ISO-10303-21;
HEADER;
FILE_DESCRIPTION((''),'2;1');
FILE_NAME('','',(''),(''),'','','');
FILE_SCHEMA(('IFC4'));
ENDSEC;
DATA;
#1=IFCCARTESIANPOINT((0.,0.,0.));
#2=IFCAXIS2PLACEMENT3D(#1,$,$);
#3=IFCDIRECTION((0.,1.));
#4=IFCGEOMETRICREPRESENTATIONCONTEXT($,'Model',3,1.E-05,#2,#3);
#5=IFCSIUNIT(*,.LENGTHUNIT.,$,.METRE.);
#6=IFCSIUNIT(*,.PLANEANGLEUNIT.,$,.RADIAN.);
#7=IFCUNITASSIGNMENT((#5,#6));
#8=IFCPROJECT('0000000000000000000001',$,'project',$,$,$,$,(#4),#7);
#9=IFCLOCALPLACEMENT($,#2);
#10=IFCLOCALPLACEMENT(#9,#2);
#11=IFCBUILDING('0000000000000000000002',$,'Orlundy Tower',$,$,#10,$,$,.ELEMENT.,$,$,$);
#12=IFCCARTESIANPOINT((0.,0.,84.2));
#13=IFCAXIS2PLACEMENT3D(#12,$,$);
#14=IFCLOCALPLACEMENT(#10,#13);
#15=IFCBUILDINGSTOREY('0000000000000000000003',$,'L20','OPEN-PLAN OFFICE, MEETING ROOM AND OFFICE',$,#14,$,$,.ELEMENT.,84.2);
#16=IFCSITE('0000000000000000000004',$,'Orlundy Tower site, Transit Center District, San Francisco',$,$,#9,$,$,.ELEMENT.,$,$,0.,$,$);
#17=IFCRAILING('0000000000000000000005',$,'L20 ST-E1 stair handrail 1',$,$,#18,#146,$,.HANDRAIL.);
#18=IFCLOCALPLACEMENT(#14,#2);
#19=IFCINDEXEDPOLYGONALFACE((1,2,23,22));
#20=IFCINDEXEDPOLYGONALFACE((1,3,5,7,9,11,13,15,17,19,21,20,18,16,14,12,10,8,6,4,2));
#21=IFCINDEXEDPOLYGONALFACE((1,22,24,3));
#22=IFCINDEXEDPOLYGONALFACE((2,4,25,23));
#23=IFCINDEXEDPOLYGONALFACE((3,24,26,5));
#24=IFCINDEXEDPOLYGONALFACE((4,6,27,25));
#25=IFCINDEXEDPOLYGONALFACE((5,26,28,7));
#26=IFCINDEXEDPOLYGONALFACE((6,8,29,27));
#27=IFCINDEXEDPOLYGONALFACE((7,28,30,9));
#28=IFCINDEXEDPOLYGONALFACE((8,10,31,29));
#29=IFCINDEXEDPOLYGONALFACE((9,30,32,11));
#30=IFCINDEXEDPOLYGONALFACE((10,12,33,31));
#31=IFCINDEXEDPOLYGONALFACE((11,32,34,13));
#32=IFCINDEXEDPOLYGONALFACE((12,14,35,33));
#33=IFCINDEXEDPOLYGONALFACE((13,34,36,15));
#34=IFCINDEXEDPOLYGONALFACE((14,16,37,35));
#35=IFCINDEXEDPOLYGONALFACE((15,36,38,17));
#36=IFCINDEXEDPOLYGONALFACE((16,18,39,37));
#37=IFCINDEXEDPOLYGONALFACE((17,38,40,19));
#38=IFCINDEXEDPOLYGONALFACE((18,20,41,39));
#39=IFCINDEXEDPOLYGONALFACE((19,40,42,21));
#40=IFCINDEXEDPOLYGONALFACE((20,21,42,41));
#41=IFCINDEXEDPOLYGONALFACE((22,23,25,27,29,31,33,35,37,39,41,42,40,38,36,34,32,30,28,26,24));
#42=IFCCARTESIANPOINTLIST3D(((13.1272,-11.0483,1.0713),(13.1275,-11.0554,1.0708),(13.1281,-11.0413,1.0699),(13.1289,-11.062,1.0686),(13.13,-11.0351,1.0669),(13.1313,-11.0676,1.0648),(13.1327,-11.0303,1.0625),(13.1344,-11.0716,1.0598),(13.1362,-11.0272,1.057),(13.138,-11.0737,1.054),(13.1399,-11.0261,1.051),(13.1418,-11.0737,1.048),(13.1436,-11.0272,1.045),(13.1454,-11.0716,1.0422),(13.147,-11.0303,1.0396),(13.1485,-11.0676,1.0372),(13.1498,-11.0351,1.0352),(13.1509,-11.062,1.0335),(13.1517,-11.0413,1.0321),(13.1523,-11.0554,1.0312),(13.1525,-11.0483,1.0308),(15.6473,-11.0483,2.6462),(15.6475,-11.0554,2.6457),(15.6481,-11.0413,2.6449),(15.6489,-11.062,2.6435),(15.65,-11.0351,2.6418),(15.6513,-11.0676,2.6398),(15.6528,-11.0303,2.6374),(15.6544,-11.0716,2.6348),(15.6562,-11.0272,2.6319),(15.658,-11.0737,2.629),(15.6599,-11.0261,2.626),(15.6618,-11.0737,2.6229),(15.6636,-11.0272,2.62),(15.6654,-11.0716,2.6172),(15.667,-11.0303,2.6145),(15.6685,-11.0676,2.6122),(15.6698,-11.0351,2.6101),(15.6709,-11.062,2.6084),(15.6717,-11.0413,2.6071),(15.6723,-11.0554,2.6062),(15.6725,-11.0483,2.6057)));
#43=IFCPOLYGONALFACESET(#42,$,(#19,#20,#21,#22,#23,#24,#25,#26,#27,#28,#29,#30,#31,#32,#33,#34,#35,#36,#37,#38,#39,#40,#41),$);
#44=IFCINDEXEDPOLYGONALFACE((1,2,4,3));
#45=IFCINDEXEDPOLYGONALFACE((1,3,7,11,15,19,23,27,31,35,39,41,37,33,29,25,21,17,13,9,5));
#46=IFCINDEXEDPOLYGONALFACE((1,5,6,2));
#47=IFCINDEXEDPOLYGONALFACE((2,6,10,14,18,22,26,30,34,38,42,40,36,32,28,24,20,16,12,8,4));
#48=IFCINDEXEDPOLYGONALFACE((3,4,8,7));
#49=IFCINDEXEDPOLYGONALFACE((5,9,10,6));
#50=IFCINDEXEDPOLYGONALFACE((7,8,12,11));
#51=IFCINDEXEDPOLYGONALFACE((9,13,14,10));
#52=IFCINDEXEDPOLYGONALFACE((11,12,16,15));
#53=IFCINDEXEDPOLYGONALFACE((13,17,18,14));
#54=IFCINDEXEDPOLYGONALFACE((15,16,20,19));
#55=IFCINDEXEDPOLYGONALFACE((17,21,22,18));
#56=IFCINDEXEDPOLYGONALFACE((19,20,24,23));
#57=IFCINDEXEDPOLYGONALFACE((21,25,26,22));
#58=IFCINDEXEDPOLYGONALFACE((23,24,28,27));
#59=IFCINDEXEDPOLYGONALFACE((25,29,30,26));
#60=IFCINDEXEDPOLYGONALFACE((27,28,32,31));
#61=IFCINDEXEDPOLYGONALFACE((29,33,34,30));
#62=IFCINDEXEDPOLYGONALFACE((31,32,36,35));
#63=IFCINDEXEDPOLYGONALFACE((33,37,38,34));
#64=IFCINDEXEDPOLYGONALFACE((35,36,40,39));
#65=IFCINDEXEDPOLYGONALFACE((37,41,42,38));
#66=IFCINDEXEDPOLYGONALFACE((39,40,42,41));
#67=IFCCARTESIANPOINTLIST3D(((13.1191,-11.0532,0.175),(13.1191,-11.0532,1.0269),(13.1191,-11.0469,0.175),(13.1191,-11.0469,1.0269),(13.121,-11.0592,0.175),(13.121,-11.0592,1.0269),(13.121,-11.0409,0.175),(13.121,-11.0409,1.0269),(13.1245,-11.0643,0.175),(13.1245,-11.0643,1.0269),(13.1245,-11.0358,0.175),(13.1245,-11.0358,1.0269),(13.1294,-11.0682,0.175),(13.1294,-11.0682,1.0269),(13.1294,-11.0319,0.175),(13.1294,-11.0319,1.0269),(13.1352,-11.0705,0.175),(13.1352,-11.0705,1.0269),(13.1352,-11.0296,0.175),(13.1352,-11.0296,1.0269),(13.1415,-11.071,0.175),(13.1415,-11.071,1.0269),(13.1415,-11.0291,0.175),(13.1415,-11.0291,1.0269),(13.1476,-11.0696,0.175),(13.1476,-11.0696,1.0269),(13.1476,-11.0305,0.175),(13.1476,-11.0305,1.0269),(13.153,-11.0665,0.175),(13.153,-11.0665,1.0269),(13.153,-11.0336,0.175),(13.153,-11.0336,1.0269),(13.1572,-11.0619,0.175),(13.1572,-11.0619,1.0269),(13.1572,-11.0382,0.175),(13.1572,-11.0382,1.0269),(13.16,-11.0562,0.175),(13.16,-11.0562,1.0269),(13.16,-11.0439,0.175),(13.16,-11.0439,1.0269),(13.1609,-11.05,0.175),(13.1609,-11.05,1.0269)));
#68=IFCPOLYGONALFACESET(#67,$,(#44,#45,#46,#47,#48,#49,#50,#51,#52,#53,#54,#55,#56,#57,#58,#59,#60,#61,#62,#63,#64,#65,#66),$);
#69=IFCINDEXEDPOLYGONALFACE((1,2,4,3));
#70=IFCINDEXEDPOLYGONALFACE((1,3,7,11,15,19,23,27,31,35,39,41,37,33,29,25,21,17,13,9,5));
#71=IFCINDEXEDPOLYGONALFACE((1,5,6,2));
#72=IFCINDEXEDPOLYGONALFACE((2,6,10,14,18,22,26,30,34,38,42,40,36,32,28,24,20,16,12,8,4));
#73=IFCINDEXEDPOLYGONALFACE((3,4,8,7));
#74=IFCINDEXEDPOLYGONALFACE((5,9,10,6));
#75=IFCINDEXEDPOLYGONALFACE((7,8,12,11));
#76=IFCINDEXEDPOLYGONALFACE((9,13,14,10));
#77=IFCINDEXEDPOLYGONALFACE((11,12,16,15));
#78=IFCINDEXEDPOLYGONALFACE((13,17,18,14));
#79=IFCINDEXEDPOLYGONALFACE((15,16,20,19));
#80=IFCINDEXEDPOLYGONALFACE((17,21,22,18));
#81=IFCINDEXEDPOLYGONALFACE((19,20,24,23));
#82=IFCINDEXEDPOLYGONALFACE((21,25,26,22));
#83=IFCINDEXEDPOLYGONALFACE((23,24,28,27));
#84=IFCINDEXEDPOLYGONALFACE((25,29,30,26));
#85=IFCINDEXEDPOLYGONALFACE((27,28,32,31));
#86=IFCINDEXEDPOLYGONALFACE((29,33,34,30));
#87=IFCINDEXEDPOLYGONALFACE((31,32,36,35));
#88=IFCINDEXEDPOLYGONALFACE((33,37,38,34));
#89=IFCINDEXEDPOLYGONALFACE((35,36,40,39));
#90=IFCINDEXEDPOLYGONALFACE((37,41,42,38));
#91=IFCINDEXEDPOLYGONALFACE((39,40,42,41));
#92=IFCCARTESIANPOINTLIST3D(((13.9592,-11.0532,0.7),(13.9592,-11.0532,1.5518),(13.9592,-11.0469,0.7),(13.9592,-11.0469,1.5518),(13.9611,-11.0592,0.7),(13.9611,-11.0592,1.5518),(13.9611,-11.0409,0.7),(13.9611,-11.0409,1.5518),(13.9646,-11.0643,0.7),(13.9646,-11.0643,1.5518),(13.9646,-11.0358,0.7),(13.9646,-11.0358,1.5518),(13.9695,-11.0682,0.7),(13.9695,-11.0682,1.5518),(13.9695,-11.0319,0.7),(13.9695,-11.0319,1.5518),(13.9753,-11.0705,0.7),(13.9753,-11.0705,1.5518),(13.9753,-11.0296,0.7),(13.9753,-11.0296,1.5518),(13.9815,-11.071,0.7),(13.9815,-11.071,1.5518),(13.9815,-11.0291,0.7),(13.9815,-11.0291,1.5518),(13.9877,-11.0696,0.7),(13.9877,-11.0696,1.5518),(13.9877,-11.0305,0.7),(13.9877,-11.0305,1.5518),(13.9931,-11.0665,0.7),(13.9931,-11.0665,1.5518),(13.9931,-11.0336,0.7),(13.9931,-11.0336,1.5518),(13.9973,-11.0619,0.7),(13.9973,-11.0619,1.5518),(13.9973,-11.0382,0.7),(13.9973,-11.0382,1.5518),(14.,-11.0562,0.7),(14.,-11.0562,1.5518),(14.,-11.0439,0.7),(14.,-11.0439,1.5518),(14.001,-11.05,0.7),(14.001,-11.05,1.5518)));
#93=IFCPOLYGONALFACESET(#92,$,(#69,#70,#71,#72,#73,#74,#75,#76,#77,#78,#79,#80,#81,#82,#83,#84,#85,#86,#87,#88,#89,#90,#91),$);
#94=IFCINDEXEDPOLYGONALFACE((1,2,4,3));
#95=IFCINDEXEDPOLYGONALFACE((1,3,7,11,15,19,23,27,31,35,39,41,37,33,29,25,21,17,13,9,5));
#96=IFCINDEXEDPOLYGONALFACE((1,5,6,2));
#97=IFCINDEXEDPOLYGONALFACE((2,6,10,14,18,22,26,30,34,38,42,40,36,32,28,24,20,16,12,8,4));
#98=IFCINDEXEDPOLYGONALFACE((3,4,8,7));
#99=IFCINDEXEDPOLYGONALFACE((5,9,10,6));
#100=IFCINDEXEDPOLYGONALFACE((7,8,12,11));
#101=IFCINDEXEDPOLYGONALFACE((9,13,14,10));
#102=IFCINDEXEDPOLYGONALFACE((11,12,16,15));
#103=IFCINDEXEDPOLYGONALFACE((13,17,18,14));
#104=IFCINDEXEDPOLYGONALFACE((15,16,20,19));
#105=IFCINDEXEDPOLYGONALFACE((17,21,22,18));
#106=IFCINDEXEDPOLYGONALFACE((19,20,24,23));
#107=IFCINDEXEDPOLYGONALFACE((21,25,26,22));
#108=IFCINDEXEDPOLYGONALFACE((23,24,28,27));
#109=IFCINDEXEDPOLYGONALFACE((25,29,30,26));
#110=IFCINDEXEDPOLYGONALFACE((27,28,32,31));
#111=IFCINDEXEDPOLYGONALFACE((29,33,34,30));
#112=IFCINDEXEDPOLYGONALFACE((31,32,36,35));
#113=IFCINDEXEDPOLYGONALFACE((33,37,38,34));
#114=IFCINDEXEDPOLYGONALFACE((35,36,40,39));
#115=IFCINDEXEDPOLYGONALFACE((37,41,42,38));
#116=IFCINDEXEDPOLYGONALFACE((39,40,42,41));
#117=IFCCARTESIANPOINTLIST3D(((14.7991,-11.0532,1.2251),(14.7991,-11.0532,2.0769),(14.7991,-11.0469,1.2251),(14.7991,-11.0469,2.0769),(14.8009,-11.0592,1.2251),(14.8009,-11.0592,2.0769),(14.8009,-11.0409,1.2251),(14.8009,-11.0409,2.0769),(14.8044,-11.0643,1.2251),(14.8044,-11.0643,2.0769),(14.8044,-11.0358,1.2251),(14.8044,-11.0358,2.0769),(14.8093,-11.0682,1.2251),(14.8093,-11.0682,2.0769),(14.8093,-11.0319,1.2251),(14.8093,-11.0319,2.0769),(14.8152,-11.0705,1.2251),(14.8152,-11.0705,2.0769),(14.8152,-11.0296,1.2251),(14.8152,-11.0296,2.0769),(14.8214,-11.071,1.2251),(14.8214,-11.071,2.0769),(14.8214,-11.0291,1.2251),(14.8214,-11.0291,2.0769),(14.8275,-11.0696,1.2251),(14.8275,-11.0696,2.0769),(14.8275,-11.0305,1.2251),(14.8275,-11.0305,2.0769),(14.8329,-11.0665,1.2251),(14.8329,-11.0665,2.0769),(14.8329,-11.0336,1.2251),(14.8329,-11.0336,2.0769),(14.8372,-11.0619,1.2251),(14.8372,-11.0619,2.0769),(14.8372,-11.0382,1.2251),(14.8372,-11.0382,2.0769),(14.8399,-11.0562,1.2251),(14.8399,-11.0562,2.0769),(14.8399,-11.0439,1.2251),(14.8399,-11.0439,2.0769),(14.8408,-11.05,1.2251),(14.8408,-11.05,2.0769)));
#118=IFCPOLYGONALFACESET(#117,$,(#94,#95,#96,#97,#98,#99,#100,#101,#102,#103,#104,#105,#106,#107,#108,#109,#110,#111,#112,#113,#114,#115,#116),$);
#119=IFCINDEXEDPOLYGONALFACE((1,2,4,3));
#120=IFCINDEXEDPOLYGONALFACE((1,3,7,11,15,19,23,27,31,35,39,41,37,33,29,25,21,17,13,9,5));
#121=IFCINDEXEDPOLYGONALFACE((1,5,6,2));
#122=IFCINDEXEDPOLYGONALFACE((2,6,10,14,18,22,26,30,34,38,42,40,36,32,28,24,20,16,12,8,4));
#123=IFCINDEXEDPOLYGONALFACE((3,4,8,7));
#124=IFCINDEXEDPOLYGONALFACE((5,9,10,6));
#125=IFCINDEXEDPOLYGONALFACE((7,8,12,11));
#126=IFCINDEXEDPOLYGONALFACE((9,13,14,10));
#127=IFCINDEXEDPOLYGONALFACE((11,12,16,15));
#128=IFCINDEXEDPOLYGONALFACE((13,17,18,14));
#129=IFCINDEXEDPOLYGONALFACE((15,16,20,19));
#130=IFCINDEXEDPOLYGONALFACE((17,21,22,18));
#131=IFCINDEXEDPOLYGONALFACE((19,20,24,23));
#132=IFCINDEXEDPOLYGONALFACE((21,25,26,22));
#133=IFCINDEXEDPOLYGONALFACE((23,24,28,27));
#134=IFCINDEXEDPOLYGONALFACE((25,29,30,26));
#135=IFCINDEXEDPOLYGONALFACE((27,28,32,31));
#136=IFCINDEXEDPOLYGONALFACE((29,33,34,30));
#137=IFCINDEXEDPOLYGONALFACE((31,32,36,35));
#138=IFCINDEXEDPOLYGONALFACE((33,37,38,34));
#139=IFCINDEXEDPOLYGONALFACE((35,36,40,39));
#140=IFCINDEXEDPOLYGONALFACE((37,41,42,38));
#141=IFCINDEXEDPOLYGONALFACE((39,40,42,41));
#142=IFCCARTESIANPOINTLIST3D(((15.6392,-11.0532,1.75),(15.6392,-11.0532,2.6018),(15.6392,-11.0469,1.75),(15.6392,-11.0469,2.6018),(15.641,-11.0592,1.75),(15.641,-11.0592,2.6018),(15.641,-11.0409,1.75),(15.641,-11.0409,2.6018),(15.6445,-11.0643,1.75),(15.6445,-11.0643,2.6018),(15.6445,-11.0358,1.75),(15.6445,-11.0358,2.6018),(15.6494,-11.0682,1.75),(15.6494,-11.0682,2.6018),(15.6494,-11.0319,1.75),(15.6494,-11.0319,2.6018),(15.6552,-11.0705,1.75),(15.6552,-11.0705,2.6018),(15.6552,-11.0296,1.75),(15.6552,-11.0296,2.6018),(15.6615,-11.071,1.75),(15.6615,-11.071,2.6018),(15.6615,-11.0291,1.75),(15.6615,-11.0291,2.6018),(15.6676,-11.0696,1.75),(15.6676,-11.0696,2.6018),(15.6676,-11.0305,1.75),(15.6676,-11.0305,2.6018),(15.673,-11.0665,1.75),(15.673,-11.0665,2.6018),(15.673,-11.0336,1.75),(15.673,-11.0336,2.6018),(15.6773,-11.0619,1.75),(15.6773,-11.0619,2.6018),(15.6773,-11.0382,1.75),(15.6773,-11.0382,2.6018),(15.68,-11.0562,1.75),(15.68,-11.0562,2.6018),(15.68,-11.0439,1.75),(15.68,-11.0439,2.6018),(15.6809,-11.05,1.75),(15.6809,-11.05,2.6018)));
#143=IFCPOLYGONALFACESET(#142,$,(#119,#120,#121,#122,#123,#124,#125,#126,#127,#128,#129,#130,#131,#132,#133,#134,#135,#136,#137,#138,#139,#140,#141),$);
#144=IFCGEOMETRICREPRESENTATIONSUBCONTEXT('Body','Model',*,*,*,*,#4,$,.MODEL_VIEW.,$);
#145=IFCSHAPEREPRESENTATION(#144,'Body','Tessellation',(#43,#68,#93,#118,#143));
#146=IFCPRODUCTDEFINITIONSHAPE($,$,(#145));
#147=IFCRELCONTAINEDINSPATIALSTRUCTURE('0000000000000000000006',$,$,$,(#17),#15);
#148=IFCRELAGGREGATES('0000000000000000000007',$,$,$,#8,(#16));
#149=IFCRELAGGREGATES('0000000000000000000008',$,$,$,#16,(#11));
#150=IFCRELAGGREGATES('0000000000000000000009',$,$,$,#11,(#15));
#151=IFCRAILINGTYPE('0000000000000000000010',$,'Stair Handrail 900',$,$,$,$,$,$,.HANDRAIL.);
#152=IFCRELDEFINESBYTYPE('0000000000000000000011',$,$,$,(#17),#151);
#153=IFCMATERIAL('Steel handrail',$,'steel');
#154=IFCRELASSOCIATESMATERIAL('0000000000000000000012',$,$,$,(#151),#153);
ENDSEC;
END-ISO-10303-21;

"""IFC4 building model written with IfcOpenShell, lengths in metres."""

from ifc_helpers import new_model, si_unit, direction, frame, origin, origin_2d, place, context, subcontext, project, spatial, circle, extrude, material, type_object, element, save


model = new_model("IFC4")

# Units and contexts
model_context = context("Model", 3, precision=1e-05, world=origin(), true_north=direction((0.0, 1.0)))
body_context = subcontext(model_context, "Body", "Model", "MODEL_VIEW")
ifc_project = project(units=[si_unit("LENGTHUNIT", "METRE"), si_unit("PLANEANGLEUNIT", "RADIAN")], contexts=[model_context])

# Site, building, storey
site_placement = place(None, origin())
site = spatial("IfcSite", under=ifc_project, at=site_placement, Name="Orlundy Tower site, Transit Center District, San Francisco", CompositionType="ELEMENT", RefElevation=0.0)
building_placement = place(site_placement, origin())
building = spatial("IfcBuilding", under=site, at=building_placement, Name="Orlundy Tower", CompositionType="ELEMENT")
storey_placement = place(building_placement, frame((0.0, 0.0, 84.2)))
storey = spatial("IfcBuildingStorey", under=building, at=storey_placement, Name="L20", Description="OPEN-PLAN OFFICE, MEETING ROOM AND OFFICE", CompositionType="ELEMENT", Elevation=84.2)

# Railing
ifc_material_1 = material(Name="Steel handrail", Category="steel")
railing_type_1 = type_object("IfcRailingType", Name="Stair Handrail 900", PredefinedType="HANDRAIL", material=ifc_material_1)
railing_1_placement = place(storey_placement, frame((13.1399, -11.05, 0.175)))
element("IfcRailing", 1, at=railing_1_placement, inside=storey, type_object=railing_type_1, Name="L20 ST-E1 stair handrail 1", PredefinedType="HANDRAIL", context=body_context, shape_type="SweptSolid", body=[
    extrude(circle(Radius=0.0239, at=origin_2d()), frame((0.0, 0.0, 0.876), z_axis=(0.848008, 0.0, 0.529984), x_axis=(0.0, 1.0, 0.0)), (0.0, 0.0, 1.0), 2.9717),
    extrude(circle(Radius=0.021, at=origin_2d()), origin(), (0.0, 0.0, 1.0), 0.8518),
    extrude(circle(Radius=0.021, at=origin_2d()), frame((0.8401, 0.0, 0.5249)), (0.0, 0.0, 1.0), 0.8518),
    extrude(circle(Radius=0.021, at=origin_2d()), frame((1.6799, 0.0, 1.05)), (0.0, 0.0, 1.0), 0.8518),
    extrude(circle(Radius=0.021, at=origin_2d()), frame((2.52, 0.0, 1.575)), (0.0, 0.0, 1.0), 0.8518),
])

save(model, "model.ifc")
